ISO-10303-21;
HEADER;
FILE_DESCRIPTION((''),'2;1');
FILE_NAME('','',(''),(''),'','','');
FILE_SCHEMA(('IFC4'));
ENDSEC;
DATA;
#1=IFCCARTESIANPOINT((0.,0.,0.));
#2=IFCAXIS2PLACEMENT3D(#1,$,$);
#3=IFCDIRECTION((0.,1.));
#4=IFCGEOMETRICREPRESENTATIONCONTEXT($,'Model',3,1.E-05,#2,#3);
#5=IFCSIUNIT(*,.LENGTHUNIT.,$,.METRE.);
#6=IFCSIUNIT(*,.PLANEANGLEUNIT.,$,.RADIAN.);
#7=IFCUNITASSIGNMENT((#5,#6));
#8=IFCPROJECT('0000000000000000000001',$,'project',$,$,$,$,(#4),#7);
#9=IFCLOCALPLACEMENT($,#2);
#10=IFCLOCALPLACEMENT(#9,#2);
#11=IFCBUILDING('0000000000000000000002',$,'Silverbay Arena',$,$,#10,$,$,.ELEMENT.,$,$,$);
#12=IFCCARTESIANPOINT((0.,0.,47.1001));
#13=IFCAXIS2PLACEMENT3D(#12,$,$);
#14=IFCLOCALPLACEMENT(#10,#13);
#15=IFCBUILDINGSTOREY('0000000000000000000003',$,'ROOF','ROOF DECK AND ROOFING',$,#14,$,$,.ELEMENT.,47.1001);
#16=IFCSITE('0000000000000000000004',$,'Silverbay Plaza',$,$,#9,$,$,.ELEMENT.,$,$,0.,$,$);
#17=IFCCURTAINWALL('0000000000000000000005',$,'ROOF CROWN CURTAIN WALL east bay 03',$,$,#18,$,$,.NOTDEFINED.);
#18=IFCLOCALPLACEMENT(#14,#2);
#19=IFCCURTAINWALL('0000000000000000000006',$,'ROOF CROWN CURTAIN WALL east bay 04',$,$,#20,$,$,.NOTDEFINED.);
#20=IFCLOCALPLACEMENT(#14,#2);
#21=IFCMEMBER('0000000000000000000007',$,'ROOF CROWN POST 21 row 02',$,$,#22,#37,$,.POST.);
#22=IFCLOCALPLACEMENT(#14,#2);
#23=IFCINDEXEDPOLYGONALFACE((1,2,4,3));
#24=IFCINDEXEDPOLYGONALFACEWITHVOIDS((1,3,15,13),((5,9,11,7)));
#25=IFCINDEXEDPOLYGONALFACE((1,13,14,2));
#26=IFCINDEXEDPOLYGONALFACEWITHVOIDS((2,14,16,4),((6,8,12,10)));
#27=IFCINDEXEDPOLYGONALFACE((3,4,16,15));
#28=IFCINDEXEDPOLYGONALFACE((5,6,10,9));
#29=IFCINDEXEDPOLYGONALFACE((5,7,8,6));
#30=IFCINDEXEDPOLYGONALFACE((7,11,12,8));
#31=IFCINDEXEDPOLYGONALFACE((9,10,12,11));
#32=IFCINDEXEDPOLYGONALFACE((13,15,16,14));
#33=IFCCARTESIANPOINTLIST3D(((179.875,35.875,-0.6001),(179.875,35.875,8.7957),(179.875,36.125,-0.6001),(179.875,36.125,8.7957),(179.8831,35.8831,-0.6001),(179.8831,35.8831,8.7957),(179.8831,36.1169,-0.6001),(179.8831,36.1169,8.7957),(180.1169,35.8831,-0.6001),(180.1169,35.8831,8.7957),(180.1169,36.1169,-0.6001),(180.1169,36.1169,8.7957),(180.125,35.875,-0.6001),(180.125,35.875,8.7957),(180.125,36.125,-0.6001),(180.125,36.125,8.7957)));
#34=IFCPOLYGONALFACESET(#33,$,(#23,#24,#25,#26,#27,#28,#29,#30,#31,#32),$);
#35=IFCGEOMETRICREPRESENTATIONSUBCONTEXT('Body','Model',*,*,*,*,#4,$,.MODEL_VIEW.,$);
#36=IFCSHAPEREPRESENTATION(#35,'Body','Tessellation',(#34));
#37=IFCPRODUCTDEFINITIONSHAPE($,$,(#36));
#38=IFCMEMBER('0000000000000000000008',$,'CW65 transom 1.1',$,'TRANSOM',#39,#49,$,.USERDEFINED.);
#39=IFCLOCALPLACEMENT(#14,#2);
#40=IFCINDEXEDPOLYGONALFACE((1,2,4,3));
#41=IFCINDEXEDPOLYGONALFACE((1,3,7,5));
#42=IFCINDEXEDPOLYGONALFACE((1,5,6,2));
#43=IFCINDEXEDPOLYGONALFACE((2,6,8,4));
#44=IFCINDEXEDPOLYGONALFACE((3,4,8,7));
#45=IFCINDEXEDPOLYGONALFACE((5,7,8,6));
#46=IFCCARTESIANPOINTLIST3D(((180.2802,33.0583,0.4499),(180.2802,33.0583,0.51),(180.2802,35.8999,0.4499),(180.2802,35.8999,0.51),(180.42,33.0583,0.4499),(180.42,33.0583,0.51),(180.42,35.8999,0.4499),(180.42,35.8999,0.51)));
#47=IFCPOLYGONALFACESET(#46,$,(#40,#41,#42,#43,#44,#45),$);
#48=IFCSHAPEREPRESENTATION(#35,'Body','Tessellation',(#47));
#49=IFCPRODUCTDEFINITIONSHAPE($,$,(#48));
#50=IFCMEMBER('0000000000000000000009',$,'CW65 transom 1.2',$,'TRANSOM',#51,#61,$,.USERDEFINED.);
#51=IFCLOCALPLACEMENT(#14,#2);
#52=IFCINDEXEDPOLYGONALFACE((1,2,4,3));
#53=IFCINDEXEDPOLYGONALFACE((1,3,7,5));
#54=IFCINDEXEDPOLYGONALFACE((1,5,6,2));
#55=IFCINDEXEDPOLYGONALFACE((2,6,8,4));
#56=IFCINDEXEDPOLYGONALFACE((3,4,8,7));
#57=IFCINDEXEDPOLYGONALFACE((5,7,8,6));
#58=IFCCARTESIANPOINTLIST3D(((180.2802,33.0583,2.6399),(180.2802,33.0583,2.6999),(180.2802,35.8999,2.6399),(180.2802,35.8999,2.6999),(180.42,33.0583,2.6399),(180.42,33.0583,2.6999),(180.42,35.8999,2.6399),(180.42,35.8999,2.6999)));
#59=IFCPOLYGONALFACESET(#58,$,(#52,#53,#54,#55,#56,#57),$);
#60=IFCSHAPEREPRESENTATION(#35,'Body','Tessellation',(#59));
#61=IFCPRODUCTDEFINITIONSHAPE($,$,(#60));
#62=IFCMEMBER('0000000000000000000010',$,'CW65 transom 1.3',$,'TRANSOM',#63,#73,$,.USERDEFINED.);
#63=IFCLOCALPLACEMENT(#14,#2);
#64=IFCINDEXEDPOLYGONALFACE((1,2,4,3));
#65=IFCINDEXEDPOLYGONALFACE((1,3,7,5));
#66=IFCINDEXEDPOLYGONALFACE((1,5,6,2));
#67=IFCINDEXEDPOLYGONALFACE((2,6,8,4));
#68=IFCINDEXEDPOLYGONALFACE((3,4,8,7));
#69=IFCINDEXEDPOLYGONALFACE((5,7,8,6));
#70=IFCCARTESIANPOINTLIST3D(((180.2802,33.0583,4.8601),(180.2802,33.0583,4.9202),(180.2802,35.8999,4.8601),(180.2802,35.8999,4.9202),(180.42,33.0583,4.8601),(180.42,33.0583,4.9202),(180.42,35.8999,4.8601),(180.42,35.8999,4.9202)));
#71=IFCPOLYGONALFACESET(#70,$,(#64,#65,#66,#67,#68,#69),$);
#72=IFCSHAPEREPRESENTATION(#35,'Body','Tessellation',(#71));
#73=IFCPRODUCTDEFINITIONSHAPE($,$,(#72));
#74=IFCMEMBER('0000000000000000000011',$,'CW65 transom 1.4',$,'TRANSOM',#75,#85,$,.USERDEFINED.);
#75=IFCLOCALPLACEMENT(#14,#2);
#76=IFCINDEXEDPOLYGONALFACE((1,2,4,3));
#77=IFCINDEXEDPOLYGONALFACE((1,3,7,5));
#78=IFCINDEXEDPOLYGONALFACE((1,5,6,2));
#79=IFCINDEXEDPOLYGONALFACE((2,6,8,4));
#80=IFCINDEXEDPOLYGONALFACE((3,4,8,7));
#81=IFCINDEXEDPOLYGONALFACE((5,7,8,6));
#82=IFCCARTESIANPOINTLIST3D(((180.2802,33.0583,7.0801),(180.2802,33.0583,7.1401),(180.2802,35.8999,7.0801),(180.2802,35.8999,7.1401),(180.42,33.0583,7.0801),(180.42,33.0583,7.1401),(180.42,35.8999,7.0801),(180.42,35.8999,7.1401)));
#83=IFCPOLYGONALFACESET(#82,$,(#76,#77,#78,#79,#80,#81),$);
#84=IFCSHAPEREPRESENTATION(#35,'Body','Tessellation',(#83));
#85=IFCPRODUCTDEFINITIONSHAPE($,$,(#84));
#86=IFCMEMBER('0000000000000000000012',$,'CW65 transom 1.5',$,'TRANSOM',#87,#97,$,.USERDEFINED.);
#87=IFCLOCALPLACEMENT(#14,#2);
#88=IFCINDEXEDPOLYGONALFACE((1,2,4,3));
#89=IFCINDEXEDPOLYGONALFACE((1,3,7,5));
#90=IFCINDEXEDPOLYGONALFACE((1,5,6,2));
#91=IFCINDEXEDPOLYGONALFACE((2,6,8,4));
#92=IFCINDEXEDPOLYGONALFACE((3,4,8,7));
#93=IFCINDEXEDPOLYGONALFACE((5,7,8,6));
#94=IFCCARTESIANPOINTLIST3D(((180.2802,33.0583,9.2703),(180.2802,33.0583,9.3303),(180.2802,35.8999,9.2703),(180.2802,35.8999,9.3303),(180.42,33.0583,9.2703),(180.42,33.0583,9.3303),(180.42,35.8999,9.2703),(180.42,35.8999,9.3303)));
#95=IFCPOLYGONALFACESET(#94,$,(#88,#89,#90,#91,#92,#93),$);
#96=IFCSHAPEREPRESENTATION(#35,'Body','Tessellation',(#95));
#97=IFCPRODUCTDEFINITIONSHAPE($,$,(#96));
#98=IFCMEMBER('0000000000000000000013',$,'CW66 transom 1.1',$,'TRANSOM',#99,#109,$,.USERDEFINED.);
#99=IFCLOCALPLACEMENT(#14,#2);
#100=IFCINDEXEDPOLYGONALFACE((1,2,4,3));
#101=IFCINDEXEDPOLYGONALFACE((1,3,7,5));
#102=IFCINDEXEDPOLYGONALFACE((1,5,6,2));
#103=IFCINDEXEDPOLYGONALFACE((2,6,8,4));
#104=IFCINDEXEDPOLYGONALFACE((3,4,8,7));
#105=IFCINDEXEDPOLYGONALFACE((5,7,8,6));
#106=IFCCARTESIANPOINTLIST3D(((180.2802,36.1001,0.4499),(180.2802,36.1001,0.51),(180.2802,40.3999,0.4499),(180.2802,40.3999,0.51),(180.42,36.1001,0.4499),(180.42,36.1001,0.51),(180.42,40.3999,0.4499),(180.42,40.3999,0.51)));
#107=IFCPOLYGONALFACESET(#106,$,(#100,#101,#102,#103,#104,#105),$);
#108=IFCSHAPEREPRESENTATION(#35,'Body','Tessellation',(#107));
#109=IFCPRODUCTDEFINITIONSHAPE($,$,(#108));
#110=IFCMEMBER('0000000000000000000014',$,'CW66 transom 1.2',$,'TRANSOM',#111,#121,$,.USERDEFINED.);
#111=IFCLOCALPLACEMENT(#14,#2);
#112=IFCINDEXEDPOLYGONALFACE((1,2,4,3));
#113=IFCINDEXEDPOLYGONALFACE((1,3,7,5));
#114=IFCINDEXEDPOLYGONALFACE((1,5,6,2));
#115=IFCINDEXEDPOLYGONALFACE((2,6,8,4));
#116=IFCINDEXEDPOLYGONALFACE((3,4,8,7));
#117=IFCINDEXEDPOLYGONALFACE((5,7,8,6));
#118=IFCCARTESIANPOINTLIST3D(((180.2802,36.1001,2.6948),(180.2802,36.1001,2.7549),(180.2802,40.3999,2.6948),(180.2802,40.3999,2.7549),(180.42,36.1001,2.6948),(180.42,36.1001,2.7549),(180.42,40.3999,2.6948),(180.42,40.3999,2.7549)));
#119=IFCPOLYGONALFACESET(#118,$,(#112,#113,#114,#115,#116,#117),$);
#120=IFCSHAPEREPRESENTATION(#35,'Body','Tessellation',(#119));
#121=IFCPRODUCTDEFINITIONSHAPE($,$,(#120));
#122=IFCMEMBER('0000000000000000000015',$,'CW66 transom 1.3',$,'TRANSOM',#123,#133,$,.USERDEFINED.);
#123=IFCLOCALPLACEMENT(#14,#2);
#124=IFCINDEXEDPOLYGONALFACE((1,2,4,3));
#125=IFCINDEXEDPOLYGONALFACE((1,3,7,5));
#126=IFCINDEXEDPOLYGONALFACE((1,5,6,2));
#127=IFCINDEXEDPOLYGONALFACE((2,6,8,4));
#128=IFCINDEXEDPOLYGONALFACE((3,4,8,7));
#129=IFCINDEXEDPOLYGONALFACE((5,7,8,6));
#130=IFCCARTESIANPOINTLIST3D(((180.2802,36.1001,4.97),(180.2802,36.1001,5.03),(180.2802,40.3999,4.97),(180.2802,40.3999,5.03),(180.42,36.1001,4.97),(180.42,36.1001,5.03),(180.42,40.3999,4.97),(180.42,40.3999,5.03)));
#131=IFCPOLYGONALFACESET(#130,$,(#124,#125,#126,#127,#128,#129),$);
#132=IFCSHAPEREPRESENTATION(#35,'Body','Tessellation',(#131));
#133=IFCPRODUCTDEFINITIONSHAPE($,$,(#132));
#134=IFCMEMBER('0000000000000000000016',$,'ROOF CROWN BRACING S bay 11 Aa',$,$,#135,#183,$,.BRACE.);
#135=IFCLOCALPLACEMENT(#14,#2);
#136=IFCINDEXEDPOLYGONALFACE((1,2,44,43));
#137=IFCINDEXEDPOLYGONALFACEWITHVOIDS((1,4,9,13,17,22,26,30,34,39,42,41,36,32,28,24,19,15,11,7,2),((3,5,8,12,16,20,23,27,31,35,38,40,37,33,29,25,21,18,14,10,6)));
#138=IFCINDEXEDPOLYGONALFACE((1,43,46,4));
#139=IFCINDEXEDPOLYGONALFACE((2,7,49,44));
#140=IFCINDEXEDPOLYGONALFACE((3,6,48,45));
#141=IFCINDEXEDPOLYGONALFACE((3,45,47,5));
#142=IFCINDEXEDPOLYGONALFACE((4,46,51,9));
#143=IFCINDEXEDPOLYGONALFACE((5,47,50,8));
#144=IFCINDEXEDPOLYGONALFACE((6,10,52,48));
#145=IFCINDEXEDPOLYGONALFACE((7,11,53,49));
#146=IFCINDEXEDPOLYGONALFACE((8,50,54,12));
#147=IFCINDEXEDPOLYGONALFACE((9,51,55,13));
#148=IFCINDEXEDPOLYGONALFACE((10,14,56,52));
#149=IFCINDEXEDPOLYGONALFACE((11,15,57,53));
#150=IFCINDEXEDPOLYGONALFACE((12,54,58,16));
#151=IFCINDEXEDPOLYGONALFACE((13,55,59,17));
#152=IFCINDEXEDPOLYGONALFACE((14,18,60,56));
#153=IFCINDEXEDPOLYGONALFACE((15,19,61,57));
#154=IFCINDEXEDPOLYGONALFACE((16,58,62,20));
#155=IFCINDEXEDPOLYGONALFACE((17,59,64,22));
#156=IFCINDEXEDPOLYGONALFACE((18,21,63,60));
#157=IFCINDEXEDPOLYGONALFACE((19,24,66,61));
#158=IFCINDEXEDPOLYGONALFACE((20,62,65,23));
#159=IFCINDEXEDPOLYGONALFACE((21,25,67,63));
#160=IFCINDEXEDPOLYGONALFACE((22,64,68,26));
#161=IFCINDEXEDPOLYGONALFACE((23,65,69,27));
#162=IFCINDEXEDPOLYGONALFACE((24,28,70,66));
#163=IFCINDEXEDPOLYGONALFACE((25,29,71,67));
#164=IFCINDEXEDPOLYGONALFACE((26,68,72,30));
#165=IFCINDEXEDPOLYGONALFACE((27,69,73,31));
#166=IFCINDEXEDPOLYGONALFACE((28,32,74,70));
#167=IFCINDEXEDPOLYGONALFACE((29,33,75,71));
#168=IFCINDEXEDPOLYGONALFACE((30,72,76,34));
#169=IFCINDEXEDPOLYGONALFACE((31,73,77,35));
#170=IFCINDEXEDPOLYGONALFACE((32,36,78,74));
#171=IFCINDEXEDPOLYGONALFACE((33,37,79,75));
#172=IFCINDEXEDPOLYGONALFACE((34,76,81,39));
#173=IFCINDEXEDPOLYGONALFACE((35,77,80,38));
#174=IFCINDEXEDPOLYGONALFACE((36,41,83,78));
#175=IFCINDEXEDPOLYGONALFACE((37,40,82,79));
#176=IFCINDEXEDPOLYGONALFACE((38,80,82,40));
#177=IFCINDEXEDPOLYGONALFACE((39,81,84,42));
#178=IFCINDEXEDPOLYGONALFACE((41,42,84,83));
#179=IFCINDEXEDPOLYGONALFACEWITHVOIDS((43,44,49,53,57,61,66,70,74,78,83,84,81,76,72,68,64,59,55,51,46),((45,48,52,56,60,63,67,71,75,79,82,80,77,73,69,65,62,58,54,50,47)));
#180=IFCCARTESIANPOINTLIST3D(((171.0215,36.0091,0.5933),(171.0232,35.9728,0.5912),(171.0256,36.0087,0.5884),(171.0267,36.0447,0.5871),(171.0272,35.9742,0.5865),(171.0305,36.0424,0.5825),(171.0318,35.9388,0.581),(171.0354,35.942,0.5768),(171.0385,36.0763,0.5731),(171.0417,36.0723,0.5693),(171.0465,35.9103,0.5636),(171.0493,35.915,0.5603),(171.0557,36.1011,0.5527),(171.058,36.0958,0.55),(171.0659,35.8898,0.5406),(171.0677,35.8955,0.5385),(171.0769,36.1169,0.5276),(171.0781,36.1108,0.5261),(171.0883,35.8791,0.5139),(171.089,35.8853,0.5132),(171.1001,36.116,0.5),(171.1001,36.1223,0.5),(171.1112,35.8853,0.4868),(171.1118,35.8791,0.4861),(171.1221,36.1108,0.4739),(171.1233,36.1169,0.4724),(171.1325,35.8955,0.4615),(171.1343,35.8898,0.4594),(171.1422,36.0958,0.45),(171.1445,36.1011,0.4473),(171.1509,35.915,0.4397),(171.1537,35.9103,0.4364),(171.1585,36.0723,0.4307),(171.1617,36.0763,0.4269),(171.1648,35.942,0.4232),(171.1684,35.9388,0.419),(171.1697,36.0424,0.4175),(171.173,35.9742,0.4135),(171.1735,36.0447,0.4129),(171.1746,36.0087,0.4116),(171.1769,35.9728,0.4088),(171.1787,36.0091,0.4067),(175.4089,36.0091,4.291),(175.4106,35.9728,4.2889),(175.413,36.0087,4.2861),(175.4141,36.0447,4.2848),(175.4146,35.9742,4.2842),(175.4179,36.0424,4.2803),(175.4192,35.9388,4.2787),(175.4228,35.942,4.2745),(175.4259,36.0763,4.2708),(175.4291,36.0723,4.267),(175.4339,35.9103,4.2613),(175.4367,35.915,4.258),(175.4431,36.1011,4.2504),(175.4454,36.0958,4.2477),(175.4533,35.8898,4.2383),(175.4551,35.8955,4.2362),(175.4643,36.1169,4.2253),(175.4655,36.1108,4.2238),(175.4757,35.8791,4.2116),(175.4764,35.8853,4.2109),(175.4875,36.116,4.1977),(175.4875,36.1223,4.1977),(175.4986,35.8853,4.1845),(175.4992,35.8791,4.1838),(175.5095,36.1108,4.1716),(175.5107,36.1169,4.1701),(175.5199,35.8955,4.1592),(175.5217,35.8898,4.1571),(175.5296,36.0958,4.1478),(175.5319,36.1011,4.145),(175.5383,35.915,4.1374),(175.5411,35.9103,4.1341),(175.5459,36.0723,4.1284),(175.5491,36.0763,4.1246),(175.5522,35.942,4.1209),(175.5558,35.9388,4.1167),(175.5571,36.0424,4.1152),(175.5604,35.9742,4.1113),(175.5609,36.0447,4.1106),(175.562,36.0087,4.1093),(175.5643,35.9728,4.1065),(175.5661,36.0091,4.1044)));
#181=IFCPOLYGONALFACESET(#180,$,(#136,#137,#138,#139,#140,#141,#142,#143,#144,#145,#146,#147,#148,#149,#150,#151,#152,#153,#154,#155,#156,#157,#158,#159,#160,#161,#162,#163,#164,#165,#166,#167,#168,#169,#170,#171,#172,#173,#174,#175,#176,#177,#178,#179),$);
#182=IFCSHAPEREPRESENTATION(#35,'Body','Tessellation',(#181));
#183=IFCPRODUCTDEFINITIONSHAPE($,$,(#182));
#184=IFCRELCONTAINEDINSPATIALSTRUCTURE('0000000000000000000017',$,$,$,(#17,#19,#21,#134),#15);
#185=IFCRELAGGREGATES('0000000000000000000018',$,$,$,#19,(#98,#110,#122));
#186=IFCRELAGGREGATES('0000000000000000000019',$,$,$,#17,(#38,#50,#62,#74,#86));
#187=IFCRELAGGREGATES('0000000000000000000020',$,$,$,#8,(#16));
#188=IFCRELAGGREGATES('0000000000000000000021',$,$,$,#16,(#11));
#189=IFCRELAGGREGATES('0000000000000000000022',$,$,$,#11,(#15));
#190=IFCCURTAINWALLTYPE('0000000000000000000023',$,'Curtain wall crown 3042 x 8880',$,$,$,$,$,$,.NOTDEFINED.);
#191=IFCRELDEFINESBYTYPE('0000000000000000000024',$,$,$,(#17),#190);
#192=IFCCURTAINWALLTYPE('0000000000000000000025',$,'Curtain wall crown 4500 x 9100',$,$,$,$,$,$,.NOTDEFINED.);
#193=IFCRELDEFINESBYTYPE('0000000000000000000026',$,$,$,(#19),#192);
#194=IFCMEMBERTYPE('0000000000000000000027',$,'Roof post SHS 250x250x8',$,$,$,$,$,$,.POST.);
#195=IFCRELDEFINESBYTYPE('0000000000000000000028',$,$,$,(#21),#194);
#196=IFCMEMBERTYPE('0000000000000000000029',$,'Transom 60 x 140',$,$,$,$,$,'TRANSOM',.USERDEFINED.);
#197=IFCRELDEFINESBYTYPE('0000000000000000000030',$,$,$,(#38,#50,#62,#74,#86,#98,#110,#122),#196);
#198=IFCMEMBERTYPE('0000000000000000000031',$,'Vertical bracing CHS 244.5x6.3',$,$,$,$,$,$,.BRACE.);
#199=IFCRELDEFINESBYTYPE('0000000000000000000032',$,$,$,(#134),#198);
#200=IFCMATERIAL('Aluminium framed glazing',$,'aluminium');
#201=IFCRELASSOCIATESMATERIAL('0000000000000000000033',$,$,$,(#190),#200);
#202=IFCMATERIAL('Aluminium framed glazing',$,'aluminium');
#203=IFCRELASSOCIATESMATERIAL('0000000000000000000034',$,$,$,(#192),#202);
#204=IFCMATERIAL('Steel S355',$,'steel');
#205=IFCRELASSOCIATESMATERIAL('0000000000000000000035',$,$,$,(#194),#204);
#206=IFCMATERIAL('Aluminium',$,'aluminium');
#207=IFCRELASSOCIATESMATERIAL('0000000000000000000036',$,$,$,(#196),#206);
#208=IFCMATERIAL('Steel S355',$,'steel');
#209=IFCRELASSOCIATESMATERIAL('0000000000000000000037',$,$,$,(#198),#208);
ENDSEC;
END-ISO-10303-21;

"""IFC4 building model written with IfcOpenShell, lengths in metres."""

from ifc_helpers import new_model, si_unit, direction, frame, origin, origin_2d, place, context, subcontext, project, spatial, rectangle, hollow_rectangle, hollow_circle, extrude, material, material_profile, profile_set, type_object, element, aggregate, save


model = new_model("IFC4")

# Units and contexts
model_context = context("Model", 3, precision=1e-05, world=origin(), true_north=direction((0.0, 1.0)))
body_context = subcontext(model_context, "Body", "Model", "MODEL_VIEW")
ifc_project = project(units=[si_unit("LENGTHUNIT", "METRE"), si_unit("PLANEANGLEUNIT", "RADIAN")], contexts=[model_context])

# Site, building, storey
site_placement = place(None, origin())
site = spatial("IfcSite", under=ifc_project, at=site_placement, Name="Silverbay Plaza", CompositionType="ELEMENT", RefElevation=0.0)
building_placement = place(site_placement, origin())
building = spatial("IfcBuilding", under=site, at=building_placement, Name="Silverbay Arena", CompositionType="ELEMENT")
storey_placement = place(building_placement, frame((0.0, 0.0, 47.1001)))
storey = spatial("IfcBuildingStorey", under=building, at=storey_placement, Name="ROOF", Description="ROOF DECK AND ROOFING", CompositionType="ELEMENT", Elevation=47.1001)

# Shared definitions
placement = place(building_placement, frame((0.0, 0.0, 33.5)))

# Curtain wall
ifc_material_1 = material(Name="Aluminium framed glazing", Category="aluminium")
curtain_wall_type_1 = type_object("IfcCurtainWallType", Name="Curtain wall crown 3042 x 8880", PredefinedType="NOTDEFINED", material=ifc_material_1)
curtain_wall_1_placement = place(storey_placement, origin())
curtain_wall_1 = element("IfcCurtainWall", 1, at=curtain_wall_1_placement, inside=storey, type_object=curtain_wall_type_1, Name="ROOF CROWN CURTAIN WALL east bay 03", PredefinedType="NOTDEFINED")

# Curtain wall
ifc_material_2 = material(Name="Aluminium framed glazing", Category="aluminium")
curtain_wall_type_2 = type_object("IfcCurtainWallType", Name="Curtain wall crown 4500 x 9100", PredefinedType="NOTDEFINED", material=ifc_material_2)
curtain_wall_2_placement = place(storey_placement, origin())
curtain_wall_2 = element("IfcCurtainWall", 2, at=curtain_wall_2_placement, inside=storey, type_object=curtain_wall_type_2, Name="ROOF CROWN CURTAIN WALL east bay 04", PredefinedType="NOTDEFINED")

# Member
ifc_material_3 = material(Name="Steel S355", Category="steel")
ifc_material_profile_1 = material_profile(ifc_material_3, hollow_rectangle(XDim=0.25, YDim=0.25, WallThickness=0.0081, at=origin_2d()), Name="SHS 250x250x8")
ifc_profile_set_1 = profile_set([ifc_material_profile_1], Name="Steel S355")
member_type_1 = type_object("IfcMemberType", Name="Roof post SHS 250x250x8", PredefinedType="POST", material=ifc_profile_set_1)
member_1_placement = place(storey_placement, frame((180.0, 36.0, -0.6001), z_axis=(0.0, 0.0, 1.0), x_axis=(1.0, 0.0, 0.0)))
element("IfcMember", 3, at=member_1_placement, inside=storey, type_object=member_type_1, Name="ROOF CROWN POST 21 row 02", PredefinedType="POST", context=body_context, shape_type="SweptSolid", body=[
    extrude(hollow_rectangle(XDim=0.25, YDim=0.25, WallThickness=0.0081, at=origin_2d()), origin(), (0.0, 0.0, 1.0), 9.3958),
])

# Members
ifc_material_4 = material(Name="Aluminium", Category="aluminium")
ifc_material_profile_2 = material_profile(ifc_material_4, rectangle(XDim=0.1399, YDim=0.0601, at=origin_2d()), Name="Transom 60 x 140")
ifc_profile_set_2 = profile_set([ifc_material_profile_2], Name="Aluminium")
member_type_2 = type_object("IfcMemberType", Name="Transom 60 x 140", ElementType="TRANSOM", PredefinedType="USERDEFINED", material=ifc_profile_set_2)
member_2_placement = place(placement, frame((180.3501, 33.0583, 14.0801), z_axis=(0.0, 1.0, 0.0), x_axis=(-1.0, 0.0, 0.0)))
member_2 = element("IfcMember", 4, at=member_2_placement, type_object=member_type_2, Name="CW65 transom 1.1", ObjectType="TRANSOM", PredefinedType="USERDEFINED", context=body_context, shape_type="SweptSolid", body=[
    extrude(rectangle(XDim=0.1399, YDim=0.0601, at=origin_2d()), origin(), (0.0, 0.0, 1.0), 2.8416),
])
member_3_placement = place(placement, frame((180.3501, 33.0583, 16.27), z_axis=(0.0, 1.0, 0.0), x_axis=(-1.0, 0.0, 0.0)))
member_3 = element("IfcMember", 5, at=member_3_placement, type_object=member_type_2, Name="CW65 transom 1.2", ObjectType="TRANSOM", PredefinedType="USERDEFINED", context=body_context, shape_type="SweptSolid", body=[
    extrude(rectangle(XDim=0.1399, YDim=0.0601, at=origin_2d()), origin(), (0.0, 0.0, 1.0), 2.8416),
])
member_4_placement = place(placement, frame((180.3501, 33.0583, 18.4902), z_axis=(0.0, 1.0, 0.0), x_axis=(-1.0, 0.0, 0.0)))
member_4 = element("IfcMember", 6, at=member_4_placement, type_object=member_type_2, Name="CW65 transom 1.3", ObjectType="TRANSOM", PredefinedType="USERDEFINED", context=body_context, shape_type="SweptSolid", body=[
    extrude(rectangle(XDim=0.1399, YDim=0.0601, at=origin_2d()), origin(), (0.0, 0.0, 1.0), 2.8416),
])
member_5_placement = place(placement, frame((180.3501, 33.0583, 20.7102), z_axis=(0.0, 1.0, 0.0), x_axis=(-1.0, 0.0, 0.0)))
member_5 = element("IfcMember", 7, at=member_5_placement, type_object=member_type_2, Name="CW65 transom 1.4", ObjectType="TRANSOM", PredefinedType="USERDEFINED", context=body_context, shape_type="SweptSolid", body=[
    extrude(rectangle(XDim=0.1399, YDim=0.0601, at=origin_2d()), origin(), (0.0, 0.0, 1.0), 2.8416),
])
member_6_placement = place(placement, frame((180.3501, 33.0583, 22.9004), z_axis=(0.0, 1.0, 0.0), x_axis=(-1.0, 0.0, 0.0)))
member_6 = element("IfcMember", 8, at=member_6_placement, type_object=member_type_2, Name="CW65 transom 1.5", ObjectType="TRANSOM", PredefinedType="USERDEFINED", context=body_context, shape_type="SweptSolid", body=[
    extrude(rectangle(XDim=0.1399, YDim=0.0601, at=origin_2d()), origin(), (0.0, 0.0, 1.0), 2.8416),
])
member_7_placement = place(placement, frame((180.3501, 36.1001, 14.0801), z_axis=(0.0, 1.0, 0.0), x_axis=(-1.0, 0.0, 0.0)))
member_7 = element("IfcMember", 9, at=member_7_placement, type_object=member_type_2, Name="CW66 transom 1.1", ObjectType="TRANSOM", PredefinedType="USERDEFINED", context=body_context, shape_type="SweptSolid", body=[
    extrude(rectangle(XDim=0.1399, YDim=0.0601, at=origin_2d()), origin(), (0.0, 0.0, 1.0), 4.2998),
])
member_8_placement = place(placement, frame((180.3501, 36.1001, 16.325), z_axis=(0.0, 1.0, 0.0), x_axis=(-1.0, 0.0, 0.0)))
member_8 = element("IfcMember", 10, at=member_8_placement, type_object=member_type_2, Name="CW66 transom 1.2", ObjectType="TRANSOM", PredefinedType="USERDEFINED", context=body_context, shape_type="SweptSolid", body=[
    extrude(rectangle(XDim=0.1399, YDim=0.0601, at=origin_2d()), origin(), (0.0, 0.0, 1.0), 4.2998),
])
member_9_placement = place(placement, frame((180.3501, 36.1001, 18.6001), z_axis=(0.0, 1.0, 0.0), x_axis=(-1.0, 0.0, 0.0)))
member_9 = element("IfcMember", 11, at=member_9_placement, type_object=member_type_2, Name="CW66 transom 1.3", ObjectType="TRANSOM", PredefinedType="USERDEFINED", context=body_context, shape_type="SweptSolid", body=[
    extrude(rectangle(XDim=0.1399, YDim=0.0601, at=origin_2d()), origin(), (0.0, 0.0, 1.0), 4.2998),
])
aggregate(curtain_wall_2, [member_7, member_8, member_9])

# Member
ifc_material_5 = material(Name="Steel S355", Category="steel")
ifc_material_profile_3 = material_profile(ifc_material_5, hollow_circle(Radius=0.1223, WallThickness=0.0063, at=origin_2d()), Name="CHS 244.5x6.3")
ifc_profile_set_3 = profile_set([ifc_material_profile_3], Name="Steel S355")
member_type_3 = type_object("IfcMemberType", Name="Vertical bracing CHS 244.5x6.3", PredefinedType="BRACE", material=ifc_profile_set_3)
member_10_placement = place(storey_placement, frame((171.1001, 36.0, 0.5), z_axis=(0.764649, 0.0, 0.644448), x_axis=(0.0, 1.0, 0.0)))
element("IfcMember", 12, at=member_10_placement, inside=storey, type_object=member_type_3, Name="ROOF CROWN BRACING S bay 11 Aa", PredefinedType="BRACE", context=body_context, shape_type="SweptSolid", body=[
    extrude(hollow_circle(Radius=0.1223, WallThickness=0.0063, at=origin_2d()), origin(), (0.0, 0.0, 1.0), 5.7378),
])

aggregate(curtain_wall_1, [member_2, member_3, member_4, member_5, member_6])

save(model, "model.ifc")
